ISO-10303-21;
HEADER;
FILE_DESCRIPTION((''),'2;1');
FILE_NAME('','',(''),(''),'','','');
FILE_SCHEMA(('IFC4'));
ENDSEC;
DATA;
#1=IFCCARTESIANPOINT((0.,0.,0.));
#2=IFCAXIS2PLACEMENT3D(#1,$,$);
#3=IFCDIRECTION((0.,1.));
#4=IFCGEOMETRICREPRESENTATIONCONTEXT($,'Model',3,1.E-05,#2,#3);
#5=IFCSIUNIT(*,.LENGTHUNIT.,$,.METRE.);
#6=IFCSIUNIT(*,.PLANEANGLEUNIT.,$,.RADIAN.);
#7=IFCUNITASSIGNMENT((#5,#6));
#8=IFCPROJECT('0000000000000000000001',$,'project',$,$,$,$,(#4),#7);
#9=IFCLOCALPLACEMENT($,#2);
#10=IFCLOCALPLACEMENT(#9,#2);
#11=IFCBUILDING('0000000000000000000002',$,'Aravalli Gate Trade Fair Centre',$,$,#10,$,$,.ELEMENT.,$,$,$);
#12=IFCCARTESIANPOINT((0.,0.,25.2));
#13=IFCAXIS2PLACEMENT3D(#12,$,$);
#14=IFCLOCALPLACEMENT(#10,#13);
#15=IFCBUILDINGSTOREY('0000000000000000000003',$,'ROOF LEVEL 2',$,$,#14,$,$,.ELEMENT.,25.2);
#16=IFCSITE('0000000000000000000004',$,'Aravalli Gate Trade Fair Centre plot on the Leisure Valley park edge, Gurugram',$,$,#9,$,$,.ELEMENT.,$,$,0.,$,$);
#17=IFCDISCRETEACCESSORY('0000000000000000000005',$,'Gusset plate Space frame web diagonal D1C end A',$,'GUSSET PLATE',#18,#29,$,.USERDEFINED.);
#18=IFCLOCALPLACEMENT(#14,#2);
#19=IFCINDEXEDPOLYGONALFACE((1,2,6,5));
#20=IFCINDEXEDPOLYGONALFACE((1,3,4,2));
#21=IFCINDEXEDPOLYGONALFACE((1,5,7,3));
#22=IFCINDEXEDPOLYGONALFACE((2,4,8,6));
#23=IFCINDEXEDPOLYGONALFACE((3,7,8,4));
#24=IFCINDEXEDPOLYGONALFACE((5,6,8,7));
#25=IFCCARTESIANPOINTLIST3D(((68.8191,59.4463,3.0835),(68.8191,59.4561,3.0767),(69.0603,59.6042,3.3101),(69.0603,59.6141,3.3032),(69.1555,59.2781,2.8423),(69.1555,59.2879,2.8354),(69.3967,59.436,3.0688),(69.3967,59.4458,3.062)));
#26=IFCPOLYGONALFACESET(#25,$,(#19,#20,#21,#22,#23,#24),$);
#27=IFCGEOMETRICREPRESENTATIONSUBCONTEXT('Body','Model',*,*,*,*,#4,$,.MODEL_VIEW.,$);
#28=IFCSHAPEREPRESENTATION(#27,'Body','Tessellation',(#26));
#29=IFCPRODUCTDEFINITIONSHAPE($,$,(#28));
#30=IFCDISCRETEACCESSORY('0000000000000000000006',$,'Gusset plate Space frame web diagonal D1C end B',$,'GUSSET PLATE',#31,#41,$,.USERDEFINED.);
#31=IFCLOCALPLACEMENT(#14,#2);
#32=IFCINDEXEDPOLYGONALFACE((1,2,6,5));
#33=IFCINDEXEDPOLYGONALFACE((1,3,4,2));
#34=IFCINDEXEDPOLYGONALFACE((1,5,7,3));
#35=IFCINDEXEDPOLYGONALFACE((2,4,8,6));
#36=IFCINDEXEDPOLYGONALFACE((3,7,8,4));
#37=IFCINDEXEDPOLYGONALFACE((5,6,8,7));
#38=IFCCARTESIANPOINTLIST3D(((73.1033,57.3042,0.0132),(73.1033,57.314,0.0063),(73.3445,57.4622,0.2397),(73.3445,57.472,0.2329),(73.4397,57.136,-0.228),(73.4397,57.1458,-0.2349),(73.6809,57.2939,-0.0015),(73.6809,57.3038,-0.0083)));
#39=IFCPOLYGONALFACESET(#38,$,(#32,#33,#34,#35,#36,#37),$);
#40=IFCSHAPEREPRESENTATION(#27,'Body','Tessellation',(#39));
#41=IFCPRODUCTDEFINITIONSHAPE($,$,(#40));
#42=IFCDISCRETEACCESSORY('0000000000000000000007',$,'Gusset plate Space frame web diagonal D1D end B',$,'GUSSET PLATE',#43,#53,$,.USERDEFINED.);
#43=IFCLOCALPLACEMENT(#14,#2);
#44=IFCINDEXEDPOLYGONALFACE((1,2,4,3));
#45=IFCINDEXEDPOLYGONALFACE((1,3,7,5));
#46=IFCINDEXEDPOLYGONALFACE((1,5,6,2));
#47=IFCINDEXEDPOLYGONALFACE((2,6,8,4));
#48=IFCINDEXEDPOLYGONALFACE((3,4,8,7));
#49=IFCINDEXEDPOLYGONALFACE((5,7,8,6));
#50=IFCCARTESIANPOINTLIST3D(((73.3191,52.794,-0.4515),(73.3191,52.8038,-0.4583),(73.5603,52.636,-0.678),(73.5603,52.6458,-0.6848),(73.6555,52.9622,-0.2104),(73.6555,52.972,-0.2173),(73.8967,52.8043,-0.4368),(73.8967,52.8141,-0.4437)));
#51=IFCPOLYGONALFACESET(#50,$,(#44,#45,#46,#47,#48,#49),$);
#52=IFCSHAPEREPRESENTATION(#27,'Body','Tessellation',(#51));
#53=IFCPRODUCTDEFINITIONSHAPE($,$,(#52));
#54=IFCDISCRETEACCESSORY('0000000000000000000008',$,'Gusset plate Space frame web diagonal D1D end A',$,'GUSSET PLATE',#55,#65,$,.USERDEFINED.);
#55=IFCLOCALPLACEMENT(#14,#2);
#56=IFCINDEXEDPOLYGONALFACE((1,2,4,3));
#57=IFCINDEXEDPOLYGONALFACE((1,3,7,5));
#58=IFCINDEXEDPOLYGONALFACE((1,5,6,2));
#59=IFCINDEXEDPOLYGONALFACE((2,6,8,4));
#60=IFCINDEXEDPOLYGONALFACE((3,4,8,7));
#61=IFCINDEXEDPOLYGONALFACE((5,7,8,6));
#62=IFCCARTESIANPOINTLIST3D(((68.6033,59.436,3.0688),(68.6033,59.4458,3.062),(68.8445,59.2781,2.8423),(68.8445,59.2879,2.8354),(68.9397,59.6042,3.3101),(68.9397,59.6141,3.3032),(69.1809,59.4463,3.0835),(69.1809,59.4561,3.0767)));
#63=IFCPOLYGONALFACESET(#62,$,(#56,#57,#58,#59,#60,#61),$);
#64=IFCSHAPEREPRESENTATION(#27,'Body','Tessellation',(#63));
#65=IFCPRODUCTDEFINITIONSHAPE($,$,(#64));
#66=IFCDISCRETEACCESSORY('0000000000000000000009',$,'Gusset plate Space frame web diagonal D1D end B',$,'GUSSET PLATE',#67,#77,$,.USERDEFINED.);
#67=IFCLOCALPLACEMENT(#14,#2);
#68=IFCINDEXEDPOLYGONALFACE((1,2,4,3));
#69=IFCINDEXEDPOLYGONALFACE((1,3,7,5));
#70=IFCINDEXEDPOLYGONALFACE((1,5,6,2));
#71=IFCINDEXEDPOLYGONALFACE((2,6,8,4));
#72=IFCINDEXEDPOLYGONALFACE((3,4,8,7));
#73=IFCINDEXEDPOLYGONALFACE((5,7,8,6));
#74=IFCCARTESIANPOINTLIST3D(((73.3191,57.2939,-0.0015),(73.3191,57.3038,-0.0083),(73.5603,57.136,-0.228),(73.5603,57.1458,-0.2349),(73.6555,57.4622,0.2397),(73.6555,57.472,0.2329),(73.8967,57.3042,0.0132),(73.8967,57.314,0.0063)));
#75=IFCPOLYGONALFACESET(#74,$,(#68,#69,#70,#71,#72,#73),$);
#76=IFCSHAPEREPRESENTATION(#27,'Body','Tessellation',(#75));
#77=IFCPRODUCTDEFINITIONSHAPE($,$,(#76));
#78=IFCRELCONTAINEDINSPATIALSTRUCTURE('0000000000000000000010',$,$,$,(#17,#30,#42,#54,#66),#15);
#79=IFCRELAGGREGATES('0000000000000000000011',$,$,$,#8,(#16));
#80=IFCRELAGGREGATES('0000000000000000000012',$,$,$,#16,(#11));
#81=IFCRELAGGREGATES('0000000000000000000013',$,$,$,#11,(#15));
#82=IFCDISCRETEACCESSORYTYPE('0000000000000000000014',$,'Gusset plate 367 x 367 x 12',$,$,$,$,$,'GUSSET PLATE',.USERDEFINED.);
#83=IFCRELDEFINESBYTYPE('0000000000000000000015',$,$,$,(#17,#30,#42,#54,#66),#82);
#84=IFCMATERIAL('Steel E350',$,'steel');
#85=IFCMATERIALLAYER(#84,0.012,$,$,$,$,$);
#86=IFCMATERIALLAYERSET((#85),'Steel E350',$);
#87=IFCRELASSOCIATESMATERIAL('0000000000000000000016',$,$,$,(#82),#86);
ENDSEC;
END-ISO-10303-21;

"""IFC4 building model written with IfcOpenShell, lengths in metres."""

from ifc_helpers import new_model, si_unit, direction, frame, origin, place, context, subcontext, project, spatial, polyline, outline, extrude, material, layer, layer_set, type_object, element, save


model = new_model("IFC4")

# Units and contexts
model_context = context("Model", 3, precision=1e-05, world=origin(), true_north=direction((0.0, 1.0)))
body_context = subcontext(model_context, "Body", "Model", "MODEL_VIEW")
ifc_project = project(units=[si_unit("LENGTHUNIT", "METRE"), si_unit("PLANEANGLEUNIT", "RADIAN")], contexts=[model_context])

# Site, building, storey
site_placement = place(None, origin())
site = spatial("IfcSite", under=ifc_project, at=site_placement, Name="Aravalli Gate Trade Fair Centre plot on the Leisure Valley park edge, Gurugram", CompositionType="ELEMENT", RefElevation=0.0)
building_placement = place(site_placement, origin())
building = spatial("IfcBuilding", under=site, at=building_placement, Name="Aravalli Gate Trade Fair Centre", CompositionType="ELEMENT")
storey_placement = place(building_placement, frame((0.0, 0.0, 25.2)))
storey = spatial("IfcBuildingStorey", under=building, at=storey_placement, Name="ROOF LEVEL 2", CompositionType="ELEMENT", Elevation=25.2)

# Shared definitions
ifc_material = material(Name="Steel E350", Category="steel")

# Discrete accessories
ifc_layer = layer(ifc_material, 0.012)
ifc_layer_set = layer_set([ifc_layer], Name="Steel E350")
discrete_accessory_type = type_object("IfcDiscreteAccessoryType", Name="Gusset plate 367 x 367 x 12", ElementType="GUSSET PLATE", PredefinedType="USERDEFINED", material=ifc_layer_set)
discrete_accessory_1_placement = place(storey_placement, frame((69.1555, 59.2781, 2.8423), z_axis=(-0.000057, -0.820282, 0.57196), x_axis=(-0.75291, 0.376455, 0.539822)))
element("IfcDiscreteAccessory", 1, at=discrete_accessory_1_placement, inside=storey, type_object=discrete_accessory_type, Name="Gusset plate Space frame web diagonal D1C end A", ObjectType="GUSSET PLATE", PredefinedType="USERDEFINED", context=body_context, shape_type="SweptSolid", body=[
    extrude(outline(polyline([(0.0, 0.0), (0.4468, 0.0), (0.447, -0.3667), (0.0002, -0.3667), (0.0, 0.0)])), origin(), (0.0, 0.0, -1.0), 0.012),
])
discrete_accessory_2_placement = place(storey_placement, frame((73.1033, 57.3042, 0.0132), z_axis=(-0.000057, -0.820282, 0.57196), x_axis=(0.75291, -0.376455, -0.539822)))
element("IfcDiscreteAccessory", 2, at=discrete_accessory_2_placement, inside=storey, type_object=discrete_accessory_type, Name="Gusset plate Space frame web diagonal D1C end B", ObjectType="GUSSET PLATE", PredefinedType="USERDEFINED", context=body_context, shape_type="SweptSolid", body=[
    extrude(outline(polyline([(0.0, 0.0), (0.4468, 0.0), (0.4467, 0.3667), (-0.0002, 0.3667), (0.0, 0.0)])), origin(), (0.0, 0.0, -1.0), 0.012),
])
discrete_accessory_3_placement = place(storey_placement, frame((73.6555, 52.9622, -0.2104), z_axis=(0.000049, -0.820141, 0.572161), x_axis=(-0.753132, -0.376438, -0.539524)))
element("IfcDiscreteAccessory", 3, at=discrete_accessory_3_placement, inside=storey, type_object=discrete_accessory_type, Name="Gusset plate Space frame web diagonal D1D end B", ObjectType="GUSSET PLATE", PredefinedType="USERDEFINED", context=body_context, shape_type="SweptSolid", body=[
    extrude(outline(polyline([(0.0, 0.0), (0.4467, 0.0), (0.4467, 0.3667), (-0.0001, 0.3665), (0.0, 0.0)])), origin(), (0.0, 0.0, -1.0), 0.012),
])
discrete_accessory_4_placement = place(storey_placement, frame((68.6033, 59.436, 3.0688), z_axis=(0.000057, -0.820282, 0.57196), x_axis=(0.75291, 0.376455, 0.539822)))
element("IfcDiscreteAccessory", 4, at=discrete_accessory_4_placement, inside=storey, type_object=discrete_accessory_type, Name="Gusset plate Space frame web diagonal D1D end A", ObjectType="GUSSET PLATE", PredefinedType="USERDEFINED", context=body_context, shape_type="SweptSolid", body=[
    extrude(outline(polyline([(0.0, 0.0), (0.4468, 0.0), (0.4467, -0.3667), (-0.0002, -0.3667), (0.0, 0.0)])), origin(), (0.0, 0.0, -1.0), 0.012),
])
discrete_accessory_5_placement = place(storey_placement, frame((73.6555, 57.4622, 0.2397), z_axis=(0.000057, -0.820282, 0.57196), x_axis=(-0.75291, -0.376455, -0.539822)))
element("IfcDiscreteAccessory", 5, at=discrete_accessory_5_placement, inside=storey, type_object=discrete_accessory_type, Name="Gusset plate Space frame web diagonal D1D end B", ObjectType="GUSSET PLATE", PredefinedType="USERDEFINED", context=body_context, shape_type="SweptSolid", body=[
    extrude(outline(polyline([(0.0, 0.0), (0.4468, 0.0), (0.447, 0.3667), (0.0002, 0.3667), (0.0, 0.0)])), origin(), (0.0, 0.0, -1.0), 0.012),
])

save(model, "model.ifc")
